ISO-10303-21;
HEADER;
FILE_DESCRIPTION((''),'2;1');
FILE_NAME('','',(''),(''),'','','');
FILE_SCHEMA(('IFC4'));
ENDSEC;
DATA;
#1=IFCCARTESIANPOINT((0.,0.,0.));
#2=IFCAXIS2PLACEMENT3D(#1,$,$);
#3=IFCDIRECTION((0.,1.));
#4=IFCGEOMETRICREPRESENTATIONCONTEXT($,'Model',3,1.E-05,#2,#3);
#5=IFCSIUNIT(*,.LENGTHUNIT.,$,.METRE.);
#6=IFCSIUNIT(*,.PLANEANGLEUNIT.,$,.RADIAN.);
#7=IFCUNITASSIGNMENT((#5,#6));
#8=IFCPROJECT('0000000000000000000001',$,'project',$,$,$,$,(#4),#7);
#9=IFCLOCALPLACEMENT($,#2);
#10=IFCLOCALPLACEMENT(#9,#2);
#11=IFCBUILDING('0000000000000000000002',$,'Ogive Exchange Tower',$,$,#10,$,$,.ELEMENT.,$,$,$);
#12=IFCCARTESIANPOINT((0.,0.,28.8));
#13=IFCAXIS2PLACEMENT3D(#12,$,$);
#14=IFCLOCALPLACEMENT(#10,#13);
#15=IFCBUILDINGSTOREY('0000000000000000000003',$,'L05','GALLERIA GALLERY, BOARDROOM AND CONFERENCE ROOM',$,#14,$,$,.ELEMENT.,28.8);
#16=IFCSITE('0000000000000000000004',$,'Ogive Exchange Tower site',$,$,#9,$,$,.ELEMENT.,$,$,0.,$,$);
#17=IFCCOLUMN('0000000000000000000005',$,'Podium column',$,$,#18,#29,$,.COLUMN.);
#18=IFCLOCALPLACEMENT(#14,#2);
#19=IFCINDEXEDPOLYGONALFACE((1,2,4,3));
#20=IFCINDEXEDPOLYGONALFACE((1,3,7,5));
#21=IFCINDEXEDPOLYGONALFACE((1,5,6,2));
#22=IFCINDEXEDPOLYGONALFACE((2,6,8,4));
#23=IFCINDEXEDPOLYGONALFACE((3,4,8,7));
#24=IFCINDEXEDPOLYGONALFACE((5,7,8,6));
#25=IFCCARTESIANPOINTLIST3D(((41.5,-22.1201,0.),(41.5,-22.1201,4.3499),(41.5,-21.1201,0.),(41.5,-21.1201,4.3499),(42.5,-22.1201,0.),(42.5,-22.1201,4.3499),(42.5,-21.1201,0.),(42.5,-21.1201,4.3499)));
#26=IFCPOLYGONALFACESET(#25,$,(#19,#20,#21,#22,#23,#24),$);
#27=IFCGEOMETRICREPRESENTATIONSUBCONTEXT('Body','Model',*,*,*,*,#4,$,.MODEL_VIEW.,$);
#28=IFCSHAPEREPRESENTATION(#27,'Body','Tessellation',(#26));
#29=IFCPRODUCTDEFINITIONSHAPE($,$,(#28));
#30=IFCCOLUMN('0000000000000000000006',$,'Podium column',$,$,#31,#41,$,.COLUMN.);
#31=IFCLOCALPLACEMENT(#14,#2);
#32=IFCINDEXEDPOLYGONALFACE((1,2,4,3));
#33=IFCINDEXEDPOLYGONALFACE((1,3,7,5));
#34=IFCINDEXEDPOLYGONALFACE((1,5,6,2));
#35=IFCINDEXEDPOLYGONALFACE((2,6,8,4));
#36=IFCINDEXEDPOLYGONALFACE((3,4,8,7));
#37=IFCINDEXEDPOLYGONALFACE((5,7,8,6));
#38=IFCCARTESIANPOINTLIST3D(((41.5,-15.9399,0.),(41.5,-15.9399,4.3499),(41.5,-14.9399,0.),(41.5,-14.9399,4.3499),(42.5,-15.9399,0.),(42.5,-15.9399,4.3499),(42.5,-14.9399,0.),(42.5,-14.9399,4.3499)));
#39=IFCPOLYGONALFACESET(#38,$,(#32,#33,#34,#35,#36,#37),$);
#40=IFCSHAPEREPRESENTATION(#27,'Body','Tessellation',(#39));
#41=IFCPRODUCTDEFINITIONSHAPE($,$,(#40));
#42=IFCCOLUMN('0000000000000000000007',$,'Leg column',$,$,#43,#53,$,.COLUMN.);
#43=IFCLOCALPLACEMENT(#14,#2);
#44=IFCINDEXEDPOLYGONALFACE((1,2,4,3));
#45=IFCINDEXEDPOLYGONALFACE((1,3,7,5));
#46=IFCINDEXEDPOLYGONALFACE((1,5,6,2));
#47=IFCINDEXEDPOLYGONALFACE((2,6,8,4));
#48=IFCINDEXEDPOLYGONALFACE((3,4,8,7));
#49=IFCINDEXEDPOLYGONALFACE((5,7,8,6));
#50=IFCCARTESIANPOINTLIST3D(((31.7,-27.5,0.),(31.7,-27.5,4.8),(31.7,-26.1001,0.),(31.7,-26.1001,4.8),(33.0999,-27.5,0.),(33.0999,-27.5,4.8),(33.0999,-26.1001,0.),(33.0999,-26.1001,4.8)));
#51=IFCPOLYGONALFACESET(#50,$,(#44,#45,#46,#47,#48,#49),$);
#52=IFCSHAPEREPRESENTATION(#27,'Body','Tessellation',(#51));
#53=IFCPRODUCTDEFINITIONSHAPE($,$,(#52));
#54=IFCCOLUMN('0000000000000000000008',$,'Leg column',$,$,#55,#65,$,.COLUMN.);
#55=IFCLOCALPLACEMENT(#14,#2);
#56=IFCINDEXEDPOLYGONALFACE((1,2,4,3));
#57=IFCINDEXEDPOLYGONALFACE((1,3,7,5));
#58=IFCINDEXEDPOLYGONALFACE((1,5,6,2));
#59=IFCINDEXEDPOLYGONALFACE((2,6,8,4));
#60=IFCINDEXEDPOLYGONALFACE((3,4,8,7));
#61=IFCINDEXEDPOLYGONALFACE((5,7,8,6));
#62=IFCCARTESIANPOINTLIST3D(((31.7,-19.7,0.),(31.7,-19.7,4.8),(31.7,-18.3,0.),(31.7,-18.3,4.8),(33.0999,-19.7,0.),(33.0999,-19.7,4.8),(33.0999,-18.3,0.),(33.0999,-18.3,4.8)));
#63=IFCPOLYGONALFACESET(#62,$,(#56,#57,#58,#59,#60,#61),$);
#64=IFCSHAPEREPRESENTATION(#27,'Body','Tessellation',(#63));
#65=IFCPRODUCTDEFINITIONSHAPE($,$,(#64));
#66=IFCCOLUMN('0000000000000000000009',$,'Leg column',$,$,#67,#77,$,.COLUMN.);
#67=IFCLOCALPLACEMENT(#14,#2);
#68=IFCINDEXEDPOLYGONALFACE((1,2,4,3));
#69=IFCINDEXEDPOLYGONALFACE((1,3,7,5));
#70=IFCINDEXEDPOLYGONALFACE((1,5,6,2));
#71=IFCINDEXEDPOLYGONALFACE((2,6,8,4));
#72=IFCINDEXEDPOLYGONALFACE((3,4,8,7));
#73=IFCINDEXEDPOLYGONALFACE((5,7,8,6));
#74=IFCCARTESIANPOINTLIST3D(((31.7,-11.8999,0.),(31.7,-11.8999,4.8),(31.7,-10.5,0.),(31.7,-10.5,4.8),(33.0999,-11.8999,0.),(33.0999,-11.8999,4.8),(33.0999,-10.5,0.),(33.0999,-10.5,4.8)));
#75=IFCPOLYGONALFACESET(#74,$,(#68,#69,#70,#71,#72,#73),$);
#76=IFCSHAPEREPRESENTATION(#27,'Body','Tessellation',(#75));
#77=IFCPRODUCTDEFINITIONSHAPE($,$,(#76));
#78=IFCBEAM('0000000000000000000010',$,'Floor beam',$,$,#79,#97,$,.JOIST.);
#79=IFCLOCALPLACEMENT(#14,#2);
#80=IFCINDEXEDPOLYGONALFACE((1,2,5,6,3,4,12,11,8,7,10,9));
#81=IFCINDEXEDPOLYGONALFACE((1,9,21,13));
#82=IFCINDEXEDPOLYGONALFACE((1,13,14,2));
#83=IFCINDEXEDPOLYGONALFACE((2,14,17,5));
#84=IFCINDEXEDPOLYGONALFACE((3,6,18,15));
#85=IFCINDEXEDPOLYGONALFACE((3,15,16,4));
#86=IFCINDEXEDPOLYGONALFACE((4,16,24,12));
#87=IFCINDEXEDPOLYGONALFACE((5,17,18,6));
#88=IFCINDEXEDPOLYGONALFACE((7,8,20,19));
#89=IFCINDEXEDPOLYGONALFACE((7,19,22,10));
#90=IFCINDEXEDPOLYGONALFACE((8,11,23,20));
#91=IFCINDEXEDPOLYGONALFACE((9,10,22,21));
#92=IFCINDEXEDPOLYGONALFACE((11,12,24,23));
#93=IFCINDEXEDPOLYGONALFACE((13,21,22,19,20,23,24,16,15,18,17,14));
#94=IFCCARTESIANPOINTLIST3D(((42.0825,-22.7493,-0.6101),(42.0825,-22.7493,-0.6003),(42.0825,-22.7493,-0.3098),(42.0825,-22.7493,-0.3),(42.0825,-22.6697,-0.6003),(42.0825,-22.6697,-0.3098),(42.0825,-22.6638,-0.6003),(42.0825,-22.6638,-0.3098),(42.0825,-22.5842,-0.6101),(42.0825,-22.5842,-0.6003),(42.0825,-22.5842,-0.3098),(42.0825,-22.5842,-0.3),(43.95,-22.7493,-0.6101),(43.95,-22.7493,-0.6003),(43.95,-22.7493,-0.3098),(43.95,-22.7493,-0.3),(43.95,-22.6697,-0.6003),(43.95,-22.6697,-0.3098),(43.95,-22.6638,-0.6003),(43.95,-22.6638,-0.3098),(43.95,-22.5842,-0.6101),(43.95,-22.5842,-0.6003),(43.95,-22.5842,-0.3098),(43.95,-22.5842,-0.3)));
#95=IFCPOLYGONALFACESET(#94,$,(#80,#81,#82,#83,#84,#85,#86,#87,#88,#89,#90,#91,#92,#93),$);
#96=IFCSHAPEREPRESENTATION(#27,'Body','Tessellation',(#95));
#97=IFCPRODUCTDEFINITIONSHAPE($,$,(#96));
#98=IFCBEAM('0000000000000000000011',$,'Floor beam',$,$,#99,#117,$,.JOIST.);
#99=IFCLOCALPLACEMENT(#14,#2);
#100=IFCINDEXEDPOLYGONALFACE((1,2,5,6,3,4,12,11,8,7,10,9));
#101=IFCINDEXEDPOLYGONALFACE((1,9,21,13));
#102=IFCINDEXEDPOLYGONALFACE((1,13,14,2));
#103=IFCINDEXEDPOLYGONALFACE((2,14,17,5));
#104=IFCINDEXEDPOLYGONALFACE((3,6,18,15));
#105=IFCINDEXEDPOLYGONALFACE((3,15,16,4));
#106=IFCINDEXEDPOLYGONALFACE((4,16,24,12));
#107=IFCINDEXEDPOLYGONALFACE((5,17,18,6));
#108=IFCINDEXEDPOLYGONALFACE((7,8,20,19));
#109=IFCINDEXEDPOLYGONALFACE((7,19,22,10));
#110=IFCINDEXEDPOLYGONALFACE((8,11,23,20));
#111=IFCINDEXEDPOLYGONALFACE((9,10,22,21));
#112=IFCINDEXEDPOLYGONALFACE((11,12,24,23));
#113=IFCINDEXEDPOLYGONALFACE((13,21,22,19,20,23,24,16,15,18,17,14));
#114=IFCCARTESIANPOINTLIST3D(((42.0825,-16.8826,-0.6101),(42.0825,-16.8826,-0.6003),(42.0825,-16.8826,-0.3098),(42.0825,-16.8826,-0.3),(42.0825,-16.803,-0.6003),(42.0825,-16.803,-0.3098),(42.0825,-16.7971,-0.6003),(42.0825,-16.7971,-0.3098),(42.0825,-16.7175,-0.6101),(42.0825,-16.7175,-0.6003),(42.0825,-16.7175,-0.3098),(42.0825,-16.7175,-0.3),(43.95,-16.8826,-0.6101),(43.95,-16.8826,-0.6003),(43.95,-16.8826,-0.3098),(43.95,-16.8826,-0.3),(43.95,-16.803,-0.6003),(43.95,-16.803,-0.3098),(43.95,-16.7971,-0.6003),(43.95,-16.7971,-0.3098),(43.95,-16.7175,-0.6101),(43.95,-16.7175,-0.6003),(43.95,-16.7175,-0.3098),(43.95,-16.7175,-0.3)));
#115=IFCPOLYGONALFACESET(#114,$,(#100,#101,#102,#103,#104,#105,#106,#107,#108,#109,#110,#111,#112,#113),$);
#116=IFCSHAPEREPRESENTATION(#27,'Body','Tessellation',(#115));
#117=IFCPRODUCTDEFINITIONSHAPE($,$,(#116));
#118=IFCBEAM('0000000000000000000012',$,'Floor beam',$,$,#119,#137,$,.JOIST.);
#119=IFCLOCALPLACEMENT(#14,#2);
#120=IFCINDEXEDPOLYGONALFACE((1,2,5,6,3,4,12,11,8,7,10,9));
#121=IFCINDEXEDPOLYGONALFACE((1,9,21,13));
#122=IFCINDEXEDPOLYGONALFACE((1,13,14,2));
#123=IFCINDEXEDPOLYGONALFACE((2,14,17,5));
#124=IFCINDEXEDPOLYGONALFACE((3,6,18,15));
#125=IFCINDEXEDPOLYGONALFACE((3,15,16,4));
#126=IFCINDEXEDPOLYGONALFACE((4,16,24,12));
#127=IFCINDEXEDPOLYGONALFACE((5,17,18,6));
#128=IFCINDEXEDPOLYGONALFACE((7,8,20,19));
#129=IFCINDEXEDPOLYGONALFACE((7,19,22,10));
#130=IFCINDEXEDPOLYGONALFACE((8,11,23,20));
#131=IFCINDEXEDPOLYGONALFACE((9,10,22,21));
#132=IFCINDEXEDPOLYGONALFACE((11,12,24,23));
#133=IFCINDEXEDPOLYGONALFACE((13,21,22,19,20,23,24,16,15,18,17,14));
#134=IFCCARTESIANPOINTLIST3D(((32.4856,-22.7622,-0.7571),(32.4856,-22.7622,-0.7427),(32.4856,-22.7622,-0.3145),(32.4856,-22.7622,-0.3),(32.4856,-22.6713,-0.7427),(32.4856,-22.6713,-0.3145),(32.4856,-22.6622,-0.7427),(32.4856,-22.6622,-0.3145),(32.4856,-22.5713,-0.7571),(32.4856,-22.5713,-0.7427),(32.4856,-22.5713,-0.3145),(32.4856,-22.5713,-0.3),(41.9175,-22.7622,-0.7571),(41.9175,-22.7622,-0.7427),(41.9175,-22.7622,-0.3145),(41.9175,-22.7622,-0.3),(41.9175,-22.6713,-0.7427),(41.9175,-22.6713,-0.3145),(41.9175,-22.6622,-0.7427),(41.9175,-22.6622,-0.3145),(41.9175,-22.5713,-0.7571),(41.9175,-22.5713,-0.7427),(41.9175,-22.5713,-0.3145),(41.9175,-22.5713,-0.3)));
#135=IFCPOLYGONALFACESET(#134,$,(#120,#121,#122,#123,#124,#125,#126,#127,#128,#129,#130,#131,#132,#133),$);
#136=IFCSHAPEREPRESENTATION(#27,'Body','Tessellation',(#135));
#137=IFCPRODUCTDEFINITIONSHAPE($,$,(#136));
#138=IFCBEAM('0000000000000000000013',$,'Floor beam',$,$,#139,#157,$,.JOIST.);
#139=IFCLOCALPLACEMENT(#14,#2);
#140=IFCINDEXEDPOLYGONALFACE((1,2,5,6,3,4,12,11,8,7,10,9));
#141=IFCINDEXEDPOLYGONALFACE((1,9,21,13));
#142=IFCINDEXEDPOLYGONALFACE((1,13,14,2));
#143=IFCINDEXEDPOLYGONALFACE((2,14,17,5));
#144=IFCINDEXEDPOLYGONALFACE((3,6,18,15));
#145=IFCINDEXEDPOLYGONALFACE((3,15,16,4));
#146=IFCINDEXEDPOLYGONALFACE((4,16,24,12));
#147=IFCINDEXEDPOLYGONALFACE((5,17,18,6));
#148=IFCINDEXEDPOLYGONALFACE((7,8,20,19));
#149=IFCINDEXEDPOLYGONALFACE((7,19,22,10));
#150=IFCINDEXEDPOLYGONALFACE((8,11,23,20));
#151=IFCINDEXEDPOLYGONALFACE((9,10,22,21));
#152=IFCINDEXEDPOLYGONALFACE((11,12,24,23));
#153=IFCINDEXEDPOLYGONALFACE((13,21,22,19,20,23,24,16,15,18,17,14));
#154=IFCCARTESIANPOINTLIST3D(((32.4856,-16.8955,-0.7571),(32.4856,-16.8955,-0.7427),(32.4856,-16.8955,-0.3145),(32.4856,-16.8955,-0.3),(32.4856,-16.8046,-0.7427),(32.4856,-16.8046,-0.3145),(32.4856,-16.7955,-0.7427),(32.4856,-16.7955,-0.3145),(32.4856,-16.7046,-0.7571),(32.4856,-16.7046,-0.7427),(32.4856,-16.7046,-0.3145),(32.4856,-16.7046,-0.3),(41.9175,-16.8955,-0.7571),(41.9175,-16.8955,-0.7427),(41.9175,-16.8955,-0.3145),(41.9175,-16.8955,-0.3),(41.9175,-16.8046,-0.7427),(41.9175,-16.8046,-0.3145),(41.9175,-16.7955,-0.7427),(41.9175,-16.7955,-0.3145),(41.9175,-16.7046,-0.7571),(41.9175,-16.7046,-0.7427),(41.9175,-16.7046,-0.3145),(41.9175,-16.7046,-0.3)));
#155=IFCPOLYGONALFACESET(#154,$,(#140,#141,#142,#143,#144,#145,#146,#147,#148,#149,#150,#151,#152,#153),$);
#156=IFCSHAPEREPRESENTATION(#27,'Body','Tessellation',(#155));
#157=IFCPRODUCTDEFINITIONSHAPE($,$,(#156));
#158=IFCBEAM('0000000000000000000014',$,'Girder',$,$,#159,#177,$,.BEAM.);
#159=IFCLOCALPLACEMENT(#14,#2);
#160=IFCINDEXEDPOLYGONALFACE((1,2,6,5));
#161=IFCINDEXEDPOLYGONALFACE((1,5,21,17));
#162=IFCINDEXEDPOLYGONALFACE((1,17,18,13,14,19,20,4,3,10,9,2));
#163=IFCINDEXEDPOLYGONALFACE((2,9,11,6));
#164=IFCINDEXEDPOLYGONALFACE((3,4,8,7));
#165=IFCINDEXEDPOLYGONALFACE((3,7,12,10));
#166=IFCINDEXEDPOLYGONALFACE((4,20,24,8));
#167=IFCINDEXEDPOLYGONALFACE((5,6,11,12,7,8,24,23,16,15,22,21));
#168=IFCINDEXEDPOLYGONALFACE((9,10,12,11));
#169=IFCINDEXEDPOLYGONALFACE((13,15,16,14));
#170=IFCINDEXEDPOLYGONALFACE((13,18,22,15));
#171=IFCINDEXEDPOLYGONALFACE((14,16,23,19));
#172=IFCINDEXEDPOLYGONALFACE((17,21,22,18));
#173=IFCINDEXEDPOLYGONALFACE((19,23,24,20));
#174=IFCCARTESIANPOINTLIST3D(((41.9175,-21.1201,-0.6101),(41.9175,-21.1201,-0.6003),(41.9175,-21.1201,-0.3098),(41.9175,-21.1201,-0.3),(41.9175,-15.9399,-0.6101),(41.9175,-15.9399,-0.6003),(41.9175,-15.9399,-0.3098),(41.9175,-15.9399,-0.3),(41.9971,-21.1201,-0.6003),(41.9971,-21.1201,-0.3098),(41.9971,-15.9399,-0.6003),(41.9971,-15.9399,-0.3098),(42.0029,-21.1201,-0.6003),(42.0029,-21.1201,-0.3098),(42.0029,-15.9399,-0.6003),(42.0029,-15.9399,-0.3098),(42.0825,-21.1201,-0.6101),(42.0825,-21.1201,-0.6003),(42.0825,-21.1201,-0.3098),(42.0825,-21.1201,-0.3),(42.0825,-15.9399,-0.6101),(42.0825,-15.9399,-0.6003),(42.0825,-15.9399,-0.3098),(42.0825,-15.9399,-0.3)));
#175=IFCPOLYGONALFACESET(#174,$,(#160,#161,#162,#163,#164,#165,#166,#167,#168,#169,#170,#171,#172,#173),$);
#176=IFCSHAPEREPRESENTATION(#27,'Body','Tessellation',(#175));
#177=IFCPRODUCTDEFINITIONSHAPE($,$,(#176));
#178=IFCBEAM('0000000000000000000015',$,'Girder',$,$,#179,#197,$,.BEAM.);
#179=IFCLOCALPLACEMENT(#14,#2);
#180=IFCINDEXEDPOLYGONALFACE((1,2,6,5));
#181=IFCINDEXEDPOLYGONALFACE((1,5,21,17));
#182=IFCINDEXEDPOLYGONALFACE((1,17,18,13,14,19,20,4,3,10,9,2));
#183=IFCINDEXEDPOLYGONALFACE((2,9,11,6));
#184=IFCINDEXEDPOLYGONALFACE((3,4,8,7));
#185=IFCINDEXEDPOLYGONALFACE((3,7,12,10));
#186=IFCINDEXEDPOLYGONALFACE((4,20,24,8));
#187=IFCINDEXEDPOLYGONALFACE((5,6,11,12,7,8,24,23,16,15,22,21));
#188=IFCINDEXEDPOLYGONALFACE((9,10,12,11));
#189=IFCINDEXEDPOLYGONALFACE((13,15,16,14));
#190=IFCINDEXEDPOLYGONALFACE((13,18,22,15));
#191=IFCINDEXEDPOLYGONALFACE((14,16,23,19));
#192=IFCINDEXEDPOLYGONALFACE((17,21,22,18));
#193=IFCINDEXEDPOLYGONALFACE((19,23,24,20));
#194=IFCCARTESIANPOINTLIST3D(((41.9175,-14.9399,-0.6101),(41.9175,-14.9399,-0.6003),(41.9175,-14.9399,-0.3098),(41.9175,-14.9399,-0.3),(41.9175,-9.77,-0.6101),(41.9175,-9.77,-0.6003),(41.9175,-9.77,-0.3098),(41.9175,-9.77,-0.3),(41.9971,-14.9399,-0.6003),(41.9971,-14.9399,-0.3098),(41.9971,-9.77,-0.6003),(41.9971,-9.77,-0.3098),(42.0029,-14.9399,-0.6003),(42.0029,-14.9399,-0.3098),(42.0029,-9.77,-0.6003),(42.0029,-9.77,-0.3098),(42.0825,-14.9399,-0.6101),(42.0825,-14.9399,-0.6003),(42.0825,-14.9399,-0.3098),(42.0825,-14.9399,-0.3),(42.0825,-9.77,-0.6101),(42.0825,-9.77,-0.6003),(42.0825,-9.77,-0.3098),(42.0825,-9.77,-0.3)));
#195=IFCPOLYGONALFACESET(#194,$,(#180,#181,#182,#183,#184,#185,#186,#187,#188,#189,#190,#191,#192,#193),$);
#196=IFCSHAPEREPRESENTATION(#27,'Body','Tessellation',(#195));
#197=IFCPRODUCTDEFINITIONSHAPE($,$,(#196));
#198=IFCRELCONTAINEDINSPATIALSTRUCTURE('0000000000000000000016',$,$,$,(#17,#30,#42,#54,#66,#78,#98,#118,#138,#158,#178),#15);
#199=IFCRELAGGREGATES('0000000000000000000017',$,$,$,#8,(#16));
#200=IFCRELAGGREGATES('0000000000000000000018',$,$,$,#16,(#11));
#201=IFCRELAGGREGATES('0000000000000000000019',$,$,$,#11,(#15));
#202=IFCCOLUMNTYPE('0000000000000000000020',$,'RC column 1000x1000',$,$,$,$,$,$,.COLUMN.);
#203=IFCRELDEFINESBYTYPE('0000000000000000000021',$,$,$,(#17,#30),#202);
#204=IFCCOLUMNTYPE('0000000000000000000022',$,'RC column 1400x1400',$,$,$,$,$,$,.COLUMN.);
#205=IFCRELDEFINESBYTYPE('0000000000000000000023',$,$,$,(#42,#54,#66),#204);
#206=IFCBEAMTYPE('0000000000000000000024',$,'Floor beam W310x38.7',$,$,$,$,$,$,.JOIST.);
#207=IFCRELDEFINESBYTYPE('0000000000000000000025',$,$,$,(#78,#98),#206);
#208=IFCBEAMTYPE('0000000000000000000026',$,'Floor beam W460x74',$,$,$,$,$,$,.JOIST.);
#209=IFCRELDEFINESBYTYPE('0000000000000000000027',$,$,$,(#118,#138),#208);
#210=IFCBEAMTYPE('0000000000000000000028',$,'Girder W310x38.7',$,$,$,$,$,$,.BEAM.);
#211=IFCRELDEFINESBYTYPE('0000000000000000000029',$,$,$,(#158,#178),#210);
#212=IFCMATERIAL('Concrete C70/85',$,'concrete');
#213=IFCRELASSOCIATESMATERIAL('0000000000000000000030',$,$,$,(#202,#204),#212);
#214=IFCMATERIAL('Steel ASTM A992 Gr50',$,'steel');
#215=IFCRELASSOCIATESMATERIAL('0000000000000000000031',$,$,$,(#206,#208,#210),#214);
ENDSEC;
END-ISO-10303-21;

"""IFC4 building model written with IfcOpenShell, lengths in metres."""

from ifc_helpers import new_model, si_unit, direction, frame, origin, origin_2d, place, context, subcontext, project, spatial, rectangle, i_section, extrude, material, material_profile, profile_set, type_object, element, save


model = new_model("IFC4")

# Units and contexts
model_context = context("Model", 3, precision=1e-05, world=origin(), true_north=direction((0.0, 1.0)))
body_context = subcontext(model_context, "Body", "Model", "MODEL_VIEW")
ifc_project = project(units=[si_unit("LENGTHUNIT", "METRE"), si_unit("PLANEANGLEUNIT", "RADIAN")], contexts=[model_context])

# Site, building, storey
site_placement = place(None, origin())
site = spatial("IfcSite", under=ifc_project, at=site_placement, Name="Ogive Exchange Tower site", CompositionType="ELEMENT", RefElevation=0.0)
building_placement = place(site_placement, origin())
building = spatial("IfcBuilding", under=site, at=building_placement, Name="Ogive Exchange Tower", CompositionType="ELEMENT")
storey_placement = place(building_placement, frame((0.0, 0.0, 28.8)))
storey = spatial("IfcBuildingStorey", under=building, at=storey_placement, Name="L05", Description="GALLERIA GALLERY, BOARDROOM AND CONFERENCE ROOM", CompositionType="ELEMENT", Elevation=28.8)

# Columns
ifc_material_1 = material(Name="Concrete C70/85", Category="concrete")
ifc_material_profile_1 = material_profile(ifc_material_1, rectangle(XDim=1.0, YDim=1.0, at=origin_2d()), Name="RC 1000x1000")
ifc_profile_set_1 = profile_set([ifc_material_profile_1], Name="Concrete C70/85")
column_type_1 = type_object("IfcColumnType", Name="RC column 1000x1000", PredefinedType="COLUMN", material=ifc_profile_set_1)
for number, where, z_axis, x_axis, name in (
    (1, (42.0, -21.6201, 0.0), (0.0, 0.0, 1.0), (1.0, 0.0, 0.0), "Podium column"),
    (2, (42.0, -15.4399, 0.0), (0.0, 0.0, 1.0), (1.0, 0.0, 0.0), "Podium column"),
):
    element("IfcColumn", number, at=place(storey_placement, frame(where, z_axis=z_axis, x_axis=x_axis)), inside=storey, type_object=column_type_1, Name=name, PredefinedType="COLUMN", context=body_context, shape_type="SweptSolid", body=[
        extrude(rectangle(XDim=1.0, YDim=1.0, at=origin_2d()), origin(), (0.0, 0.0, 1.0), 4.3499),
    ])
ifc_material_profile_2 = material_profile(ifc_material_1, rectangle(XDim=1.3999, YDim=1.3999, at=origin_2d()), Name="RC 1400x1400")
ifc_profile_set_2 = profile_set([ifc_material_profile_2], Name="Concrete C70/85")
column_type_2 = type_object("IfcColumnType", Name="RC column 1400x1400", PredefinedType="COLUMN", material=ifc_profile_set_2)
for number, where, z_axis, x_axis, name in (
    (3, (32.3999, -26.8, 0.0), (0.0, 0.0, 1.0), (1.0, 0.0, 0.0), "Leg column"),
    (4, (32.3999, -19.0, 0.0), (0.0, 0.0, 1.0), (1.0, 0.0, 0.0), "Leg column"),
    (5, (32.3999, -11.2, 0.0), (0.0, 0.0, 1.0), (1.0, 0.0, 0.0), "Leg column"),
):
    element("IfcColumn", number, at=place(storey_placement, frame(where, z_axis=z_axis, x_axis=x_axis)), inside=storey, type_object=column_type_2, Name=name, PredefinedType="COLUMN", context=body_context, shape_type="SweptSolid", body=[
        extrude(rectangle(XDim=1.3999, YDim=1.3999, at=origin_2d()), origin(), (0.0, 0.0, 1.0), 4.8),
    ])

# Beams
ifc_material_2 = material(Name="Steel ASTM A992 Gr50", Category="steel")
ifc_material_profile_3 = material_profile(ifc_material_2, i_section(OverallWidth=0.165, OverallDepth=0.3101, WebThickness=0.0059, FlangeThickness=0.0098, at=origin_2d()), Name="W310x38.7")
ifc_profile_set_3 = profile_set([ifc_material_profile_3], Name="Steel ASTM A992 Gr50")
beam_type_1 = type_object("IfcBeamType", Name="Floor beam W310x38.7", PredefinedType="JOIST", material=ifc_profile_set_3)
for number, where, z_axis, x_axis, name in (
    (6, (42.0825, -22.6667, -0.4551), (1.0, 0.0, 0.0), (0.0, 1.0, 0.0), "Floor beam"),
    (7, (42.0825, -16.8, -0.4551), (1.0, 0.0, 0.0), (0.0, 1.0, 0.0), "Floor beam"),
):
    element("IfcBeam", number, at=place(storey_placement, frame(where, z_axis=z_axis, x_axis=x_axis)), inside=storey, type_object=beam_type_1, Name=name, PredefinedType="JOIST", context=body_context, shape_type="SweptSolid", body=[
        extrude(i_section(OverallWidth=0.165, OverallDepth=0.3101, WebThickness=0.0059, FlangeThickness=0.0098, at=origin_2d()), origin(), (0.0, 0.0, 1.0), 1.8674),
    ])
ifc_material_profile_4 = material_profile(ifc_material_2, i_section(OverallWidth=0.1909, OverallDepth=0.457, WebThickness=0.009, FlangeThickness=0.0144, at=origin_2d()), Name="W460x74")
ifc_profile_set_4 = profile_set([ifc_material_profile_4], Name="Steel ASTM A992 Gr50")
beam_type_2 = type_object("IfcBeamType", Name="Floor beam W460x74", PredefinedType="JOIST", material=ifc_profile_set_4)
for number, where, z_axis, x_axis, name in (
    (8, (32.4856, -22.6667, -0.5286), (1.0, 0.0, 0.0), (0.0, 1.0, 0.0), "Floor beam"),
    (9, (32.4856, -16.8, -0.5286), (1.0, 0.0, 0.0), (0.0, 1.0, 0.0), "Floor beam"),
):
    element("IfcBeam", number, at=place(storey_placement, frame(where, z_axis=z_axis, x_axis=x_axis)), inside=storey, type_object=beam_type_2, Name=name, PredefinedType="JOIST", context=body_context, shape_type="SweptSolid", body=[
        extrude(i_section(OverallWidth=0.1909, OverallDepth=0.457, WebThickness=0.009, FlangeThickness=0.0144, at=origin_2d()), origin(), (0.0, 0.0, 1.0), 9.4319),
    ])
ifc_material_profile_5 = material_profile(ifc_material_2, i_section(OverallWidth=0.165, OverallDepth=0.3101, WebThickness=0.0059, FlangeThickness=0.0098, at=origin_2d()), Name="W310x38.7")
ifc_profile_set_5 = profile_set([ifc_material_profile_5], Name="Steel ASTM A992 Gr50")
beam_type_3 = type_object("IfcBeamType", Name="Girder W310x38.7", PredefinedType="BEAM", material=ifc_profile_set_5)
beam_1_placement = place(storey_placement, frame((42.0, -21.1201, -0.4551), z_axis=(0.0, 1.0, 0.0), x_axis=(-1.0, 0.0, 0.0)))
element("IfcBeam", 10, at=beam_1_placement, inside=storey, type_object=beam_type_3, Name="Girder", PredefinedType="BEAM", context=body_context, shape_type="SweptSolid", body=[
    extrude(i_section(OverallWidth=0.165, OverallDepth=0.3101, WebThickness=0.0059, FlangeThickness=0.0098, at=origin_2d()), origin(), (0.0, 0.0, 1.0), 5.1802),
])
beam_2_placement = place(storey_placement, frame((42.0, -14.9399, -0.4551), z_axis=(0.0, 1.0, 0.0), x_axis=(-1.0, 0.0, 0.0)))
element("IfcBeam", 11, at=beam_2_placement, inside=storey, type_object=beam_type_3, Name="Girder", PredefinedType="BEAM", context=body_context, shape_type="SweptSolid", body=[
    extrude(i_section(OverallWidth=0.165, OverallDepth=0.3101, WebThickness=0.0059, FlangeThickness=0.0098, at=origin_2d()), origin(), (0.0, 0.0, 1.0), 5.1699),
])

save(model, "model.ifc")
